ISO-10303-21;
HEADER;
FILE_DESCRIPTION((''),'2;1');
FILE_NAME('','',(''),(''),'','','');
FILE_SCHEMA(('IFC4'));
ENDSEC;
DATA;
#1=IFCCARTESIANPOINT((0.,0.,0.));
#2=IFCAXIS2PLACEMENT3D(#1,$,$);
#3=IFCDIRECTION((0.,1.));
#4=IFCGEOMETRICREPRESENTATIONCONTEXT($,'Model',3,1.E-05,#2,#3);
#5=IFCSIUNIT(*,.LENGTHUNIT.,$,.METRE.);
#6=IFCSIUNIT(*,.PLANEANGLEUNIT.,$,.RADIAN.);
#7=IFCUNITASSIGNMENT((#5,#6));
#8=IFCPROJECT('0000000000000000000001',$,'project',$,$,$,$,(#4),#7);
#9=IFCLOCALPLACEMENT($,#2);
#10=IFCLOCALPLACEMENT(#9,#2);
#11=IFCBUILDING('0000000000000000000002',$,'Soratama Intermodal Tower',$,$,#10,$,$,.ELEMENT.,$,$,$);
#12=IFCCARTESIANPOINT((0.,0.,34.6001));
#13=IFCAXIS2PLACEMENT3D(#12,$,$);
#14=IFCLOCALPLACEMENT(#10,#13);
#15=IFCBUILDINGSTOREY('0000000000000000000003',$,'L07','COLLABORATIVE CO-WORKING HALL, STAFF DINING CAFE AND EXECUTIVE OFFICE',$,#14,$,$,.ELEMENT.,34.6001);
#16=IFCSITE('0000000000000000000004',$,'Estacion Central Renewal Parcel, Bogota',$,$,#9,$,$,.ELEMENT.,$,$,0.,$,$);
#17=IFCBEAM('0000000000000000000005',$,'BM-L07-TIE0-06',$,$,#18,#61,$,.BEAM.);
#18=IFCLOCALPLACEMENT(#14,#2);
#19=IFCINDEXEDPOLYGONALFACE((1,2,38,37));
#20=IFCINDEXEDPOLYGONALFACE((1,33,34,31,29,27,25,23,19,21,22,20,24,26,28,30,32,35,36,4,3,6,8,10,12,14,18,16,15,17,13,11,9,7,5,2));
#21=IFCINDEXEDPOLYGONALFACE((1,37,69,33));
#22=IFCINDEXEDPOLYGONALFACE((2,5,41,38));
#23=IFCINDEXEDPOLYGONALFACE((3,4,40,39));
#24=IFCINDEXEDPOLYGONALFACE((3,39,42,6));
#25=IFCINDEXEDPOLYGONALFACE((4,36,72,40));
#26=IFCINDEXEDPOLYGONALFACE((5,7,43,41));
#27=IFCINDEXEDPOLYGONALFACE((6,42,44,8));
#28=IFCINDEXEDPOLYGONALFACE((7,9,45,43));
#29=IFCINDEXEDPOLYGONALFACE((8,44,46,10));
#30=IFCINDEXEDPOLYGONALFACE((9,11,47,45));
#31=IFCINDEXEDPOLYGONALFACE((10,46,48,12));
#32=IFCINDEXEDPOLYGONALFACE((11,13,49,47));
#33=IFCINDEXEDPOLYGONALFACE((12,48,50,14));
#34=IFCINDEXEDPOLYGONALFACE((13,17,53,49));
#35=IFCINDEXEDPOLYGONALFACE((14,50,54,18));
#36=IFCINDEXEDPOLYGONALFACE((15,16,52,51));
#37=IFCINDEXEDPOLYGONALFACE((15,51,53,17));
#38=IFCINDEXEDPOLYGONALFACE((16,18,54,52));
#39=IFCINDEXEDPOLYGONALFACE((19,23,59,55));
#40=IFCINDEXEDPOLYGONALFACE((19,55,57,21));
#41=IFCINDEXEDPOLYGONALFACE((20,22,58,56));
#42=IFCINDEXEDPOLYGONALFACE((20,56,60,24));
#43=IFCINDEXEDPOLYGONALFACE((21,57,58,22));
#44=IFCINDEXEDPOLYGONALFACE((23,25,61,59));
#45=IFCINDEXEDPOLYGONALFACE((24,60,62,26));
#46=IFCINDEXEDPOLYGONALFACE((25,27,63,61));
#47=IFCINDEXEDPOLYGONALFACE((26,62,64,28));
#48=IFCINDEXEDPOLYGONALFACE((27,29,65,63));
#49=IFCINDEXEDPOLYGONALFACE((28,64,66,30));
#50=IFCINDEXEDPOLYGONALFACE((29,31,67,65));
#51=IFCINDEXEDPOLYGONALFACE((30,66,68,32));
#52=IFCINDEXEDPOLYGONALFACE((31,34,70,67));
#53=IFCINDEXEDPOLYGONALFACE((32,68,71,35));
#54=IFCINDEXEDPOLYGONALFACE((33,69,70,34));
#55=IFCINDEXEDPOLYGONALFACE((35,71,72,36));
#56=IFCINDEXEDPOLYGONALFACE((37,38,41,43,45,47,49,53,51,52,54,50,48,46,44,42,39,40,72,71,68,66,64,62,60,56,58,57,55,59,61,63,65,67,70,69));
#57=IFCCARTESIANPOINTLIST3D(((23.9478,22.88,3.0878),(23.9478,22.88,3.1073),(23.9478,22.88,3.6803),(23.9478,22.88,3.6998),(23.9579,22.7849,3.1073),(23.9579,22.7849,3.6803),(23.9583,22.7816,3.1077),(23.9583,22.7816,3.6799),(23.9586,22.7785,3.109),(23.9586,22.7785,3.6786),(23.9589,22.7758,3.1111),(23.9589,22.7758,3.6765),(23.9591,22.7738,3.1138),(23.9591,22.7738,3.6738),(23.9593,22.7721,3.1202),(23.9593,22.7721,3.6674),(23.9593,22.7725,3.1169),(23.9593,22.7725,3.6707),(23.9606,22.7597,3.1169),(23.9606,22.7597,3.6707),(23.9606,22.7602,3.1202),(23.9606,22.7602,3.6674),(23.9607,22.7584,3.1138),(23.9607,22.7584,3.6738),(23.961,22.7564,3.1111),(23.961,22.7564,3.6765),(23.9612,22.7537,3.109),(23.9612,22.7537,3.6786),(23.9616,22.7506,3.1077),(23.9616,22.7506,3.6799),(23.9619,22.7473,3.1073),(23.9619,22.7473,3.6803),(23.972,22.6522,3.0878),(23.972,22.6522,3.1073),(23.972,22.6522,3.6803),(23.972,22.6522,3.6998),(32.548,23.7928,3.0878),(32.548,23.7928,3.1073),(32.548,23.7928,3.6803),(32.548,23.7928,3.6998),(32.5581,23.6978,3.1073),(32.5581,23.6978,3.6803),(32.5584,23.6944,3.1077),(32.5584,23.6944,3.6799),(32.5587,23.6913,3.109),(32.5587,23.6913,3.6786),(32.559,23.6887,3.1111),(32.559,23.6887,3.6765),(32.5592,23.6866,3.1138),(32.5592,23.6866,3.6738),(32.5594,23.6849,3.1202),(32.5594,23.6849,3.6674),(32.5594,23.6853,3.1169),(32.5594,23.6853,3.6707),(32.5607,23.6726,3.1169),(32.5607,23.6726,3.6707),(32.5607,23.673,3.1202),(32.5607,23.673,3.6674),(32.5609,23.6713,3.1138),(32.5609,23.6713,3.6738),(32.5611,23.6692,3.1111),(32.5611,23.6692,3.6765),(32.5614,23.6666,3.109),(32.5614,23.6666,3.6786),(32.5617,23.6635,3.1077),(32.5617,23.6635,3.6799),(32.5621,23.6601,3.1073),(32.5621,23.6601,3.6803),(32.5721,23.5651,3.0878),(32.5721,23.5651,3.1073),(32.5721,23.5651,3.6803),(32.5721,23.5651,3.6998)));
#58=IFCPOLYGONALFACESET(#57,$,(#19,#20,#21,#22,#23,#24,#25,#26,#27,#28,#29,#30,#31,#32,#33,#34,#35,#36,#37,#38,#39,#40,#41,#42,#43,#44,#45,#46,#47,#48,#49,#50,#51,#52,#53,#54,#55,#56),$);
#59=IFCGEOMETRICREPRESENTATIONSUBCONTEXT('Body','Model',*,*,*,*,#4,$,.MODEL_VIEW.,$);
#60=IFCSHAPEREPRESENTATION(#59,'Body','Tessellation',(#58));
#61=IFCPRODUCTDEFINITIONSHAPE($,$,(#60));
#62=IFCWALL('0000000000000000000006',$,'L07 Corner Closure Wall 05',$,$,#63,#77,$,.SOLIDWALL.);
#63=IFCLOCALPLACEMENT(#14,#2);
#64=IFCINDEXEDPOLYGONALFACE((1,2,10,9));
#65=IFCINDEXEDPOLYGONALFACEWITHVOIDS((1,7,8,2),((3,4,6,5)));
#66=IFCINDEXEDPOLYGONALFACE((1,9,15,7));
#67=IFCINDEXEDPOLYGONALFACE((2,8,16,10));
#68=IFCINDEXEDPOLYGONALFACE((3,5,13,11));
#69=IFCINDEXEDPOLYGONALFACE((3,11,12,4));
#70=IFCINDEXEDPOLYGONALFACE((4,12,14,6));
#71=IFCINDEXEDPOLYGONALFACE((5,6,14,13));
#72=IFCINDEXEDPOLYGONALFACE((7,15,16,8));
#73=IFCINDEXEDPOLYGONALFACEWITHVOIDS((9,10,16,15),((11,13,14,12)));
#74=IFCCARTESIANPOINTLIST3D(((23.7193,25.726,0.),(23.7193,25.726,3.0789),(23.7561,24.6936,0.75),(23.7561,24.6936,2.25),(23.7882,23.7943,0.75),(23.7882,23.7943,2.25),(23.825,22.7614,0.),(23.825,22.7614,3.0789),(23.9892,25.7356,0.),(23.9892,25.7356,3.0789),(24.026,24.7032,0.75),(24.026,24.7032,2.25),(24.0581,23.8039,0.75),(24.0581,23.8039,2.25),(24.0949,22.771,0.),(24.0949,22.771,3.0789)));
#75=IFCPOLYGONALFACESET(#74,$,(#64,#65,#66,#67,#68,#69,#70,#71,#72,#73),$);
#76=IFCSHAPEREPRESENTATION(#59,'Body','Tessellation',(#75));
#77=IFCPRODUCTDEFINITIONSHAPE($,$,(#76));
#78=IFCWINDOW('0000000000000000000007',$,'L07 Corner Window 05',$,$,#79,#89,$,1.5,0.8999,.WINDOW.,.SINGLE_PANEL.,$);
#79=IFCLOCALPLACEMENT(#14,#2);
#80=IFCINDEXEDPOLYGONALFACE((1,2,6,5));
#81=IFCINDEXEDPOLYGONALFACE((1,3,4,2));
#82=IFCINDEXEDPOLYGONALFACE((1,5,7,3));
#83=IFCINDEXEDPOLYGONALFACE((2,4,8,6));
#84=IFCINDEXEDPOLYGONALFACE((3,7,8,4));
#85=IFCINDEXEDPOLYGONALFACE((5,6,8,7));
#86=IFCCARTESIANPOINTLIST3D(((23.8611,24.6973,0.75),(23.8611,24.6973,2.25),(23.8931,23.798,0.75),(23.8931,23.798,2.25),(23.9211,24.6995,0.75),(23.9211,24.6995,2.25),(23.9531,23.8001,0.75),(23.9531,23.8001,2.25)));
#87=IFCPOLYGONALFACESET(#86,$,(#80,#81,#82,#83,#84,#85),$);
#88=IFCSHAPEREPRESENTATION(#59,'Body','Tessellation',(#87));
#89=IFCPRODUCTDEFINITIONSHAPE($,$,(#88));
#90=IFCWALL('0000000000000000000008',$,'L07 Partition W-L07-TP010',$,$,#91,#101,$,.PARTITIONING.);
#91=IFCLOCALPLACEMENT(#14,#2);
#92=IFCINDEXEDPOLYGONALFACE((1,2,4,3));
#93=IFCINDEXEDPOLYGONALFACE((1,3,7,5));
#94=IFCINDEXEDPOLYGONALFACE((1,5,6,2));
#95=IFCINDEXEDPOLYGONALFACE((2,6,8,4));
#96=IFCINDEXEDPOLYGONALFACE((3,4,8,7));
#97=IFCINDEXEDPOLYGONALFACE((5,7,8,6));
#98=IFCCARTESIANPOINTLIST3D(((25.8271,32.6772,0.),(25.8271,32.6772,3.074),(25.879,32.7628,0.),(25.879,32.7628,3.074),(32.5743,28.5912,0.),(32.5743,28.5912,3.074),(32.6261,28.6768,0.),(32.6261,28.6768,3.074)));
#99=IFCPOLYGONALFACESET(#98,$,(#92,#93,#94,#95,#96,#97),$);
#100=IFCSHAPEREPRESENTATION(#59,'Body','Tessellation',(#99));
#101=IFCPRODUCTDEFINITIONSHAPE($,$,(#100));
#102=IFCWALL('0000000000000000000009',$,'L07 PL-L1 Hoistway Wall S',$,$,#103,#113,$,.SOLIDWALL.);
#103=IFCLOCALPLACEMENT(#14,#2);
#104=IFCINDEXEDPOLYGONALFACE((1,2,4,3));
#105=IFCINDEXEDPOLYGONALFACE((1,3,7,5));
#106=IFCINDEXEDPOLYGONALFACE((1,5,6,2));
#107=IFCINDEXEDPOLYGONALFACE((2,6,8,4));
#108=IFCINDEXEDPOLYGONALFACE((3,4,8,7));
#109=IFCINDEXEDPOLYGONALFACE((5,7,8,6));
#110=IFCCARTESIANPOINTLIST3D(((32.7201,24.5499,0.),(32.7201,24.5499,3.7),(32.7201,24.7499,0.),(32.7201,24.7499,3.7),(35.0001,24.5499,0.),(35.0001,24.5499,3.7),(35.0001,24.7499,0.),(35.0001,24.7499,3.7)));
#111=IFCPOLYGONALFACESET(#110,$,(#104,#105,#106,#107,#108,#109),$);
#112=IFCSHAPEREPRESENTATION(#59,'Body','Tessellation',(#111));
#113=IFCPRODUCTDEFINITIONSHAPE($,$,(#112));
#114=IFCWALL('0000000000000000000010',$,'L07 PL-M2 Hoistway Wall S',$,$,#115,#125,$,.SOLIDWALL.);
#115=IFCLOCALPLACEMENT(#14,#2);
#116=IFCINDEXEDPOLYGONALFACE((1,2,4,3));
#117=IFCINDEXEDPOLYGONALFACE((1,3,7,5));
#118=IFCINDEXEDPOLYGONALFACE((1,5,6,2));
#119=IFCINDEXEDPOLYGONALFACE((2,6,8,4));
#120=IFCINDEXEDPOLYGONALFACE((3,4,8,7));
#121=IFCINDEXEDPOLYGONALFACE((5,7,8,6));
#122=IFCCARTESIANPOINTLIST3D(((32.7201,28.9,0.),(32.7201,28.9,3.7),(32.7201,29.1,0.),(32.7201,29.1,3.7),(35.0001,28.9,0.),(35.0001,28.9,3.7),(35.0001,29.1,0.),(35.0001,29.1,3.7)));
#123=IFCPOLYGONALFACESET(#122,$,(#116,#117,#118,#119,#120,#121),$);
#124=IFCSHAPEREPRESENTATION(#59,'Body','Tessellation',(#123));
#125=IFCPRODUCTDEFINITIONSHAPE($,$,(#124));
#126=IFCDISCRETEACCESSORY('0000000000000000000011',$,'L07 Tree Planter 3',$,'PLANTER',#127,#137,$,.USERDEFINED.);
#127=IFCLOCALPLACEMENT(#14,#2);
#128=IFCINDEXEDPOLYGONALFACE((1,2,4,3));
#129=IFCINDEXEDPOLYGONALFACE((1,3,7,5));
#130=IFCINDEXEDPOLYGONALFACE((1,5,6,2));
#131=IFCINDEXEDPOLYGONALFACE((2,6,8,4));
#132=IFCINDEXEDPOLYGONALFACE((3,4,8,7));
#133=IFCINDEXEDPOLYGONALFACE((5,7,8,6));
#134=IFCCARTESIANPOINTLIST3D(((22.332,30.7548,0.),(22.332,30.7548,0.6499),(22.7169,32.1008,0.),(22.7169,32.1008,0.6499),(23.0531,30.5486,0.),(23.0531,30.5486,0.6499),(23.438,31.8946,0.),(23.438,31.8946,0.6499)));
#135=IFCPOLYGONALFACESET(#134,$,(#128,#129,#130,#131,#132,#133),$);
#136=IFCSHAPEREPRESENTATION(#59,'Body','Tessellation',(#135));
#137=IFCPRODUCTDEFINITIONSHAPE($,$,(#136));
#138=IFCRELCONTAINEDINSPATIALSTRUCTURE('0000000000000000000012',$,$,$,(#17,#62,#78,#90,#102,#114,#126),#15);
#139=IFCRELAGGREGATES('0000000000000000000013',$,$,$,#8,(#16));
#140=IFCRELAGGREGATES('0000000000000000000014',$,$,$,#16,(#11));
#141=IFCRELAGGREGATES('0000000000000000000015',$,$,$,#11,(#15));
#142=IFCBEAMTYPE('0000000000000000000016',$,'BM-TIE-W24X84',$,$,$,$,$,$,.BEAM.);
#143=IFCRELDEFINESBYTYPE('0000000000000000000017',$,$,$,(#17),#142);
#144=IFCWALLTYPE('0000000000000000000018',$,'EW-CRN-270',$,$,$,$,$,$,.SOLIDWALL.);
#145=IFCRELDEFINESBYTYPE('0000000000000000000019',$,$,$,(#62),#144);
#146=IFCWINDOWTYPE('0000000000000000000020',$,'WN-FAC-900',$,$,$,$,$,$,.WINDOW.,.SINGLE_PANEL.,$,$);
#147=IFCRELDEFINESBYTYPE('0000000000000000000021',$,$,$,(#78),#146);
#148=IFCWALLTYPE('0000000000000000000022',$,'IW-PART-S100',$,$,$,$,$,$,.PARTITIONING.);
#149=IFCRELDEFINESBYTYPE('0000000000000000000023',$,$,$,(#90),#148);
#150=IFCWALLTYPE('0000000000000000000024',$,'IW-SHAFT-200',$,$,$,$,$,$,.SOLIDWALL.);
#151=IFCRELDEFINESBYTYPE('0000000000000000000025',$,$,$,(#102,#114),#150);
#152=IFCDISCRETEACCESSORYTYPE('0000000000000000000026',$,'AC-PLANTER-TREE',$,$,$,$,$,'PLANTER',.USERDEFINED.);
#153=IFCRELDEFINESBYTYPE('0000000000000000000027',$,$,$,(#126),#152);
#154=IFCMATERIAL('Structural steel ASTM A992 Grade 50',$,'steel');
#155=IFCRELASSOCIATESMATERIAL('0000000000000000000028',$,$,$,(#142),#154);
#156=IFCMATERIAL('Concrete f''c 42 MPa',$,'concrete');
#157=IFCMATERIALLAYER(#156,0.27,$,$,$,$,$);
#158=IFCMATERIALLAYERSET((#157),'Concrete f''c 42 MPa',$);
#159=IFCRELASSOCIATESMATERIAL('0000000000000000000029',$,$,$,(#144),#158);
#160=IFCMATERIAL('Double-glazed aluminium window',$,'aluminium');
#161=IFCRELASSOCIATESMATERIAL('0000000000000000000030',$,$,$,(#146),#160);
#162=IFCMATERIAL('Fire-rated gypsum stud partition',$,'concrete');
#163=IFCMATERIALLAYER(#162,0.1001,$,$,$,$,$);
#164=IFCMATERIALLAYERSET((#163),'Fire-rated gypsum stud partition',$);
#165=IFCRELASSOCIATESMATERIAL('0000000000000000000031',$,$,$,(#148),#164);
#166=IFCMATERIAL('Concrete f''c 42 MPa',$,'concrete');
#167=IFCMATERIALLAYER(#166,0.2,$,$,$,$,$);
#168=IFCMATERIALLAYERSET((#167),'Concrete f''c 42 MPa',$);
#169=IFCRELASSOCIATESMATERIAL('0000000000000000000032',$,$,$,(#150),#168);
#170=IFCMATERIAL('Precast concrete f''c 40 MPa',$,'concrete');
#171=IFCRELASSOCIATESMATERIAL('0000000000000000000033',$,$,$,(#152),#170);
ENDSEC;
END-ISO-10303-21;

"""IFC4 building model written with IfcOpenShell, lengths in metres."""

from ifc_helpers import new_model, si_unit, direction, frame, frame_2d, origin, origin_2d, place, context, subcontext, project, spatial, rectangle, i_section, extrude, material, layer, layer_set, material_profile, profile_set, type_object, element, fill, save


model = new_model("IFC4")

# Units and contexts
model_context = context("Model", 3, precision=1e-05, world=origin(), true_north=direction((0.0, 1.0)))
body_context = subcontext(model_context, "Body", "Model", "MODEL_VIEW")
ifc_project = project(units=[si_unit("LENGTHUNIT", "METRE"), si_unit("PLANEANGLEUNIT", "RADIAN")], contexts=[model_context])

# Site, building, storey
site_placement = place(None, origin())
site = spatial("IfcSite", under=ifc_project, at=site_placement, Name="Estacion Central Renewal Parcel, Bogota", CompositionType="ELEMENT", RefElevation=0.0)
building_placement = place(site_placement, origin())
building = spatial("IfcBuilding", under=site, at=building_placement, Name="Soratama Intermodal Tower", CompositionType="ELEMENT")
storey_placement = place(building_placement, frame((0.0, 0.0, 34.6001)))
storey = spatial("IfcBuildingStorey", under=building, at=storey_placement, Name="L07", Description="COLLABORATIVE CO-WORKING HALL, STAFF DINING CAFE AND EXECUTIVE OFFICE", CompositionType="ELEMENT", Elevation=34.6001)

# Beam
ifc_material_1 = material(Name="Structural steel ASTM A992 Grade 50", Category="steel")
ifc_material_profile_1 = material_profile(ifc_material_1, i_section(OverallWidth=0.229, OverallDepth=0.6121, WebThickness=0.012, FlangeThickness=0.0195, FilletRadius=0.0129, at=origin_2d()), Name="W24X84")
ifc_profile_set_1 = profile_set([ifc_material_profile_1], Name="Structural steel ASTM A992 Grade 50")
beam_type_1 = type_object("IfcBeamType", Name="BM-TIE-W24X84", PredefinedType="BEAM", material=ifc_profile_set_1)
beam_1_placement = place(storey_placement, frame((32.5601, 23.679, 3.3938), z_axis=(-0.994414, -0.10555, 0.0), x_axis=(0.10555, -0.994414, 0.0)))
element("IfcBeam", 1, at=beam_1_placement, inside=storey, type_object=beam_type_1, Name="BM-L07-TIE0-06", PredefinedType="BEAM", context=body_context, shape_type="SweptSolid", body=[
    extrude(i_section(OverallWidth=0.229, OverallDepth=0.6121, WebThickness=0.012, FlangeThickness=0.0195, FilletRadius=0.0129, at=origin_2d()), origin(), (0.0, 0.0, 1.0), 8.6484),
])

# Wall, opening, window
ifc_material_2 = material(Name="Concrete f'c 42 MPa", Category="concrete")
ifc_layer_1 = layer(ifc_material_2, 0.27)
ifc_layer_set_1 = layer_set([ifc_layer_1], Name="Concrete f'c 42 MPa")
wall_type_1 = type_object("IfcWallType", Name="EW-CRN-270", PredefinedType="SOLIDWALL", material=ifc_layer_set_1)
wall_1_placement = place(storey_placement, frame((23.8542, 25.731, 0.0), z_axis=(0.0, 0.0, 1.0), x_axis=(0.035636, -0.999365, 0.0)))
wall_1 = element("IfcWall", 2, at=wall_1_placement, inside=storey, type_object=wall_type_1, Name="L07 Corner Closure Wall 05", PredefinedType="SOLIDWALL", context=body_context, shape_type="SweptSolid", body=[
    extrude(rectangle(XDim=2.9666, YDim=0.27, at=frame_2d((1.4834, 0.0))), origin(), (0.0, 0.0, 1.0), 3.0789),
])
opening_1_placement = place(wall_1_placement, frame((1.0332, 0.0, 0.75)))
opening_1 = element("IfcOpeningElement", 3, at=opening_1_placement, cuts=wall_1, PredefinedType="OPENING", context=body_context, shape_type="SweptSolid", body=[
    extrude(rectangle(XDim=0.8999, YDim=1.5, at=frame_2d((0.45, 0.75))), frame((0.0, 0.145, 0.0), z_axis=(0.0, -1.0, 0.0), x_axis=(1.0, 0.0, 0.0)), (0.0, 0.0, 1.0), 0.29),
])
ifc_material_3 = material(Name="Double-glazed aluminium window", Category="aluminium")
window_type = type_object("IfcWindowType", Name="WN-FAC-900", PartitioningType="SINGLE_PANEL", PredefinedType="WINDOW", material=ifc_material_3)
window_placement = place(opening_1_placement, origin())
window = element("IfcWindow", 4, at=window_placement, inside=storey, type_object=window_type, Name="L07 Corner Window 05", OverallHeight=1.5, OverallWidth=0.8999, PartitioningType="SINGLE_PANEL", PredefinedType="WINDOW", context=body_context, shape_type="SweptSolid", body=[
    extrude(rectangle(XDim=0.8999, YDim=1.5, at=frame_2d((0.45, 0.75))), frame((0.0, 0.03, 0.0), z_axis=(0.0, -1.0, 0.0), x_axis=(1.0, 0.0, 0.0)), (0.0, 0.0, 1.0), 0.0601),
])
fill(opening_1, window)

# Walls
ifc_material_4 = material(Name="Fire-rated gypsum stud partition", Category="concrete")
ifc_layer_2 = layer(ifc_material_4, 0.1001)
ifc_layer_set_2 = layer_set([ifc_layer_2], Name="Fire-rated gypsum stud partition")
wall_type_2 = type_object("IfcWallType", Name="IW-PART-S100", PredefinedType="PARTITIONING", material=ifc_layer_set_2)
wall_2_placement = place(storey_placement, frame((32.6001, 28.634, 0.0), z_axis=(0.0, 0.0, 1.0), x_axis=(-0.855377, 0.518005, 0.0)))
element("IfcWall", 5, at=wall_2_placement, inside=storey, type_object=wall_type_2, Name="L07 Partition W-L07-TP010", PredefinedType="PARTITIONING", context=body_context, shape_type="SweptSolid", body=[
    extrude(rectangle(XDim=7.8879, YDim=0.1001, at=frame_2d((3.9438, 0.0))), origin(), (0.0, 0.0, 1.0), 3.074),
])
ifc_material_5 = material(Name="Concrete f'c 42 MPa", Category="concrete")
ifc_layer_3 = layer(ifc_material_5, 0.2)
ifc_layer_set_3 = layer_set([ifc_layer_3], Name="Concrete f'c 42 MPa")
wall_type_3 = type_object("IfcWallType", Name="IW-SHAFT-200", PredefinedType="SOLIDWALL", material=ifc_layer_set_3)
wall_3_placement = place(storey_placement, frame((32.72, 24.6499, 0.0), z_axis=(0.0, 0.0, 1.0), x_axis=(1.0, 0.0, 0.0)))
element("IfcWall", 6, at=wall_3_placement, inside=storey, type_object=wall_type_3, Name="L07 PL-L1 Hoistway Wall S", PredefinedType="SOLIDWALL", context=body_context, shape_type="SweptSolid", body=[
    extrude(rectangle(XDim=2.28, YDim=0.2, at=frame_2d((1.1401, 0.0))), origin(), (0.0, 0.0, 1.0), 3.7),
])

# Wall
wall_4_placement = place(storey_placement, frame((32.72, 29.0, 0.0), z_axis=(0.0, 0.0, 1.0), x_axis=(1.0, 0.0, 0.0)))
element("IfcWall", 7, at=wall_4_placement, inside=storey, type_object=wall_type_3, Name="L07 PL-M2 Hoistway Wall S", PredefinedType="SOLIDWALL", context=body_context, shape_type="SweptSolid", body=[
    extrude(rectangle(XDim=2.28, YDim=0.2, at=frame_2d((1.1401, 0.0))), origin(), (0.0, 0.0, 1.0), 3.7),
])

# Discrete accessory
ifc_material_6 = material(Name="Precast concrete f'c 40 MPa", Category="concrete")
discrete_accessory_type = type_object("IfcDiscreteAccessoryType", Name="AC-PLANTER-TREE", ElementType="PLANTER", PredefinedType="USERDEFINED", material=ifc_material_6)
discrete_accessory_placement = place(storey_placement, frame((22.885, 31.3247, 0.0), z_axis=(0.0, 0.0, 1.0), x_axis=(-0.961454, 0.274966, 0.0)))
element("IfcDiscreteAccessory", 8, at=discrete_accessory_placement, inside=storey, type_object=discrete_accessory_type, Name="L07 Tree Planter 3", ObjectType="PLANTER", PredefinedType="USERDEFINED", context=body_context, shape_type="SweptSolid", body=[
    extrude(rectangle(XDim=0.75, YDim=1.3999, at=origin_2d()), origin(), (0.0, 0.0, 1.0), 0.6499),
])

save(model, "model.ifc")
